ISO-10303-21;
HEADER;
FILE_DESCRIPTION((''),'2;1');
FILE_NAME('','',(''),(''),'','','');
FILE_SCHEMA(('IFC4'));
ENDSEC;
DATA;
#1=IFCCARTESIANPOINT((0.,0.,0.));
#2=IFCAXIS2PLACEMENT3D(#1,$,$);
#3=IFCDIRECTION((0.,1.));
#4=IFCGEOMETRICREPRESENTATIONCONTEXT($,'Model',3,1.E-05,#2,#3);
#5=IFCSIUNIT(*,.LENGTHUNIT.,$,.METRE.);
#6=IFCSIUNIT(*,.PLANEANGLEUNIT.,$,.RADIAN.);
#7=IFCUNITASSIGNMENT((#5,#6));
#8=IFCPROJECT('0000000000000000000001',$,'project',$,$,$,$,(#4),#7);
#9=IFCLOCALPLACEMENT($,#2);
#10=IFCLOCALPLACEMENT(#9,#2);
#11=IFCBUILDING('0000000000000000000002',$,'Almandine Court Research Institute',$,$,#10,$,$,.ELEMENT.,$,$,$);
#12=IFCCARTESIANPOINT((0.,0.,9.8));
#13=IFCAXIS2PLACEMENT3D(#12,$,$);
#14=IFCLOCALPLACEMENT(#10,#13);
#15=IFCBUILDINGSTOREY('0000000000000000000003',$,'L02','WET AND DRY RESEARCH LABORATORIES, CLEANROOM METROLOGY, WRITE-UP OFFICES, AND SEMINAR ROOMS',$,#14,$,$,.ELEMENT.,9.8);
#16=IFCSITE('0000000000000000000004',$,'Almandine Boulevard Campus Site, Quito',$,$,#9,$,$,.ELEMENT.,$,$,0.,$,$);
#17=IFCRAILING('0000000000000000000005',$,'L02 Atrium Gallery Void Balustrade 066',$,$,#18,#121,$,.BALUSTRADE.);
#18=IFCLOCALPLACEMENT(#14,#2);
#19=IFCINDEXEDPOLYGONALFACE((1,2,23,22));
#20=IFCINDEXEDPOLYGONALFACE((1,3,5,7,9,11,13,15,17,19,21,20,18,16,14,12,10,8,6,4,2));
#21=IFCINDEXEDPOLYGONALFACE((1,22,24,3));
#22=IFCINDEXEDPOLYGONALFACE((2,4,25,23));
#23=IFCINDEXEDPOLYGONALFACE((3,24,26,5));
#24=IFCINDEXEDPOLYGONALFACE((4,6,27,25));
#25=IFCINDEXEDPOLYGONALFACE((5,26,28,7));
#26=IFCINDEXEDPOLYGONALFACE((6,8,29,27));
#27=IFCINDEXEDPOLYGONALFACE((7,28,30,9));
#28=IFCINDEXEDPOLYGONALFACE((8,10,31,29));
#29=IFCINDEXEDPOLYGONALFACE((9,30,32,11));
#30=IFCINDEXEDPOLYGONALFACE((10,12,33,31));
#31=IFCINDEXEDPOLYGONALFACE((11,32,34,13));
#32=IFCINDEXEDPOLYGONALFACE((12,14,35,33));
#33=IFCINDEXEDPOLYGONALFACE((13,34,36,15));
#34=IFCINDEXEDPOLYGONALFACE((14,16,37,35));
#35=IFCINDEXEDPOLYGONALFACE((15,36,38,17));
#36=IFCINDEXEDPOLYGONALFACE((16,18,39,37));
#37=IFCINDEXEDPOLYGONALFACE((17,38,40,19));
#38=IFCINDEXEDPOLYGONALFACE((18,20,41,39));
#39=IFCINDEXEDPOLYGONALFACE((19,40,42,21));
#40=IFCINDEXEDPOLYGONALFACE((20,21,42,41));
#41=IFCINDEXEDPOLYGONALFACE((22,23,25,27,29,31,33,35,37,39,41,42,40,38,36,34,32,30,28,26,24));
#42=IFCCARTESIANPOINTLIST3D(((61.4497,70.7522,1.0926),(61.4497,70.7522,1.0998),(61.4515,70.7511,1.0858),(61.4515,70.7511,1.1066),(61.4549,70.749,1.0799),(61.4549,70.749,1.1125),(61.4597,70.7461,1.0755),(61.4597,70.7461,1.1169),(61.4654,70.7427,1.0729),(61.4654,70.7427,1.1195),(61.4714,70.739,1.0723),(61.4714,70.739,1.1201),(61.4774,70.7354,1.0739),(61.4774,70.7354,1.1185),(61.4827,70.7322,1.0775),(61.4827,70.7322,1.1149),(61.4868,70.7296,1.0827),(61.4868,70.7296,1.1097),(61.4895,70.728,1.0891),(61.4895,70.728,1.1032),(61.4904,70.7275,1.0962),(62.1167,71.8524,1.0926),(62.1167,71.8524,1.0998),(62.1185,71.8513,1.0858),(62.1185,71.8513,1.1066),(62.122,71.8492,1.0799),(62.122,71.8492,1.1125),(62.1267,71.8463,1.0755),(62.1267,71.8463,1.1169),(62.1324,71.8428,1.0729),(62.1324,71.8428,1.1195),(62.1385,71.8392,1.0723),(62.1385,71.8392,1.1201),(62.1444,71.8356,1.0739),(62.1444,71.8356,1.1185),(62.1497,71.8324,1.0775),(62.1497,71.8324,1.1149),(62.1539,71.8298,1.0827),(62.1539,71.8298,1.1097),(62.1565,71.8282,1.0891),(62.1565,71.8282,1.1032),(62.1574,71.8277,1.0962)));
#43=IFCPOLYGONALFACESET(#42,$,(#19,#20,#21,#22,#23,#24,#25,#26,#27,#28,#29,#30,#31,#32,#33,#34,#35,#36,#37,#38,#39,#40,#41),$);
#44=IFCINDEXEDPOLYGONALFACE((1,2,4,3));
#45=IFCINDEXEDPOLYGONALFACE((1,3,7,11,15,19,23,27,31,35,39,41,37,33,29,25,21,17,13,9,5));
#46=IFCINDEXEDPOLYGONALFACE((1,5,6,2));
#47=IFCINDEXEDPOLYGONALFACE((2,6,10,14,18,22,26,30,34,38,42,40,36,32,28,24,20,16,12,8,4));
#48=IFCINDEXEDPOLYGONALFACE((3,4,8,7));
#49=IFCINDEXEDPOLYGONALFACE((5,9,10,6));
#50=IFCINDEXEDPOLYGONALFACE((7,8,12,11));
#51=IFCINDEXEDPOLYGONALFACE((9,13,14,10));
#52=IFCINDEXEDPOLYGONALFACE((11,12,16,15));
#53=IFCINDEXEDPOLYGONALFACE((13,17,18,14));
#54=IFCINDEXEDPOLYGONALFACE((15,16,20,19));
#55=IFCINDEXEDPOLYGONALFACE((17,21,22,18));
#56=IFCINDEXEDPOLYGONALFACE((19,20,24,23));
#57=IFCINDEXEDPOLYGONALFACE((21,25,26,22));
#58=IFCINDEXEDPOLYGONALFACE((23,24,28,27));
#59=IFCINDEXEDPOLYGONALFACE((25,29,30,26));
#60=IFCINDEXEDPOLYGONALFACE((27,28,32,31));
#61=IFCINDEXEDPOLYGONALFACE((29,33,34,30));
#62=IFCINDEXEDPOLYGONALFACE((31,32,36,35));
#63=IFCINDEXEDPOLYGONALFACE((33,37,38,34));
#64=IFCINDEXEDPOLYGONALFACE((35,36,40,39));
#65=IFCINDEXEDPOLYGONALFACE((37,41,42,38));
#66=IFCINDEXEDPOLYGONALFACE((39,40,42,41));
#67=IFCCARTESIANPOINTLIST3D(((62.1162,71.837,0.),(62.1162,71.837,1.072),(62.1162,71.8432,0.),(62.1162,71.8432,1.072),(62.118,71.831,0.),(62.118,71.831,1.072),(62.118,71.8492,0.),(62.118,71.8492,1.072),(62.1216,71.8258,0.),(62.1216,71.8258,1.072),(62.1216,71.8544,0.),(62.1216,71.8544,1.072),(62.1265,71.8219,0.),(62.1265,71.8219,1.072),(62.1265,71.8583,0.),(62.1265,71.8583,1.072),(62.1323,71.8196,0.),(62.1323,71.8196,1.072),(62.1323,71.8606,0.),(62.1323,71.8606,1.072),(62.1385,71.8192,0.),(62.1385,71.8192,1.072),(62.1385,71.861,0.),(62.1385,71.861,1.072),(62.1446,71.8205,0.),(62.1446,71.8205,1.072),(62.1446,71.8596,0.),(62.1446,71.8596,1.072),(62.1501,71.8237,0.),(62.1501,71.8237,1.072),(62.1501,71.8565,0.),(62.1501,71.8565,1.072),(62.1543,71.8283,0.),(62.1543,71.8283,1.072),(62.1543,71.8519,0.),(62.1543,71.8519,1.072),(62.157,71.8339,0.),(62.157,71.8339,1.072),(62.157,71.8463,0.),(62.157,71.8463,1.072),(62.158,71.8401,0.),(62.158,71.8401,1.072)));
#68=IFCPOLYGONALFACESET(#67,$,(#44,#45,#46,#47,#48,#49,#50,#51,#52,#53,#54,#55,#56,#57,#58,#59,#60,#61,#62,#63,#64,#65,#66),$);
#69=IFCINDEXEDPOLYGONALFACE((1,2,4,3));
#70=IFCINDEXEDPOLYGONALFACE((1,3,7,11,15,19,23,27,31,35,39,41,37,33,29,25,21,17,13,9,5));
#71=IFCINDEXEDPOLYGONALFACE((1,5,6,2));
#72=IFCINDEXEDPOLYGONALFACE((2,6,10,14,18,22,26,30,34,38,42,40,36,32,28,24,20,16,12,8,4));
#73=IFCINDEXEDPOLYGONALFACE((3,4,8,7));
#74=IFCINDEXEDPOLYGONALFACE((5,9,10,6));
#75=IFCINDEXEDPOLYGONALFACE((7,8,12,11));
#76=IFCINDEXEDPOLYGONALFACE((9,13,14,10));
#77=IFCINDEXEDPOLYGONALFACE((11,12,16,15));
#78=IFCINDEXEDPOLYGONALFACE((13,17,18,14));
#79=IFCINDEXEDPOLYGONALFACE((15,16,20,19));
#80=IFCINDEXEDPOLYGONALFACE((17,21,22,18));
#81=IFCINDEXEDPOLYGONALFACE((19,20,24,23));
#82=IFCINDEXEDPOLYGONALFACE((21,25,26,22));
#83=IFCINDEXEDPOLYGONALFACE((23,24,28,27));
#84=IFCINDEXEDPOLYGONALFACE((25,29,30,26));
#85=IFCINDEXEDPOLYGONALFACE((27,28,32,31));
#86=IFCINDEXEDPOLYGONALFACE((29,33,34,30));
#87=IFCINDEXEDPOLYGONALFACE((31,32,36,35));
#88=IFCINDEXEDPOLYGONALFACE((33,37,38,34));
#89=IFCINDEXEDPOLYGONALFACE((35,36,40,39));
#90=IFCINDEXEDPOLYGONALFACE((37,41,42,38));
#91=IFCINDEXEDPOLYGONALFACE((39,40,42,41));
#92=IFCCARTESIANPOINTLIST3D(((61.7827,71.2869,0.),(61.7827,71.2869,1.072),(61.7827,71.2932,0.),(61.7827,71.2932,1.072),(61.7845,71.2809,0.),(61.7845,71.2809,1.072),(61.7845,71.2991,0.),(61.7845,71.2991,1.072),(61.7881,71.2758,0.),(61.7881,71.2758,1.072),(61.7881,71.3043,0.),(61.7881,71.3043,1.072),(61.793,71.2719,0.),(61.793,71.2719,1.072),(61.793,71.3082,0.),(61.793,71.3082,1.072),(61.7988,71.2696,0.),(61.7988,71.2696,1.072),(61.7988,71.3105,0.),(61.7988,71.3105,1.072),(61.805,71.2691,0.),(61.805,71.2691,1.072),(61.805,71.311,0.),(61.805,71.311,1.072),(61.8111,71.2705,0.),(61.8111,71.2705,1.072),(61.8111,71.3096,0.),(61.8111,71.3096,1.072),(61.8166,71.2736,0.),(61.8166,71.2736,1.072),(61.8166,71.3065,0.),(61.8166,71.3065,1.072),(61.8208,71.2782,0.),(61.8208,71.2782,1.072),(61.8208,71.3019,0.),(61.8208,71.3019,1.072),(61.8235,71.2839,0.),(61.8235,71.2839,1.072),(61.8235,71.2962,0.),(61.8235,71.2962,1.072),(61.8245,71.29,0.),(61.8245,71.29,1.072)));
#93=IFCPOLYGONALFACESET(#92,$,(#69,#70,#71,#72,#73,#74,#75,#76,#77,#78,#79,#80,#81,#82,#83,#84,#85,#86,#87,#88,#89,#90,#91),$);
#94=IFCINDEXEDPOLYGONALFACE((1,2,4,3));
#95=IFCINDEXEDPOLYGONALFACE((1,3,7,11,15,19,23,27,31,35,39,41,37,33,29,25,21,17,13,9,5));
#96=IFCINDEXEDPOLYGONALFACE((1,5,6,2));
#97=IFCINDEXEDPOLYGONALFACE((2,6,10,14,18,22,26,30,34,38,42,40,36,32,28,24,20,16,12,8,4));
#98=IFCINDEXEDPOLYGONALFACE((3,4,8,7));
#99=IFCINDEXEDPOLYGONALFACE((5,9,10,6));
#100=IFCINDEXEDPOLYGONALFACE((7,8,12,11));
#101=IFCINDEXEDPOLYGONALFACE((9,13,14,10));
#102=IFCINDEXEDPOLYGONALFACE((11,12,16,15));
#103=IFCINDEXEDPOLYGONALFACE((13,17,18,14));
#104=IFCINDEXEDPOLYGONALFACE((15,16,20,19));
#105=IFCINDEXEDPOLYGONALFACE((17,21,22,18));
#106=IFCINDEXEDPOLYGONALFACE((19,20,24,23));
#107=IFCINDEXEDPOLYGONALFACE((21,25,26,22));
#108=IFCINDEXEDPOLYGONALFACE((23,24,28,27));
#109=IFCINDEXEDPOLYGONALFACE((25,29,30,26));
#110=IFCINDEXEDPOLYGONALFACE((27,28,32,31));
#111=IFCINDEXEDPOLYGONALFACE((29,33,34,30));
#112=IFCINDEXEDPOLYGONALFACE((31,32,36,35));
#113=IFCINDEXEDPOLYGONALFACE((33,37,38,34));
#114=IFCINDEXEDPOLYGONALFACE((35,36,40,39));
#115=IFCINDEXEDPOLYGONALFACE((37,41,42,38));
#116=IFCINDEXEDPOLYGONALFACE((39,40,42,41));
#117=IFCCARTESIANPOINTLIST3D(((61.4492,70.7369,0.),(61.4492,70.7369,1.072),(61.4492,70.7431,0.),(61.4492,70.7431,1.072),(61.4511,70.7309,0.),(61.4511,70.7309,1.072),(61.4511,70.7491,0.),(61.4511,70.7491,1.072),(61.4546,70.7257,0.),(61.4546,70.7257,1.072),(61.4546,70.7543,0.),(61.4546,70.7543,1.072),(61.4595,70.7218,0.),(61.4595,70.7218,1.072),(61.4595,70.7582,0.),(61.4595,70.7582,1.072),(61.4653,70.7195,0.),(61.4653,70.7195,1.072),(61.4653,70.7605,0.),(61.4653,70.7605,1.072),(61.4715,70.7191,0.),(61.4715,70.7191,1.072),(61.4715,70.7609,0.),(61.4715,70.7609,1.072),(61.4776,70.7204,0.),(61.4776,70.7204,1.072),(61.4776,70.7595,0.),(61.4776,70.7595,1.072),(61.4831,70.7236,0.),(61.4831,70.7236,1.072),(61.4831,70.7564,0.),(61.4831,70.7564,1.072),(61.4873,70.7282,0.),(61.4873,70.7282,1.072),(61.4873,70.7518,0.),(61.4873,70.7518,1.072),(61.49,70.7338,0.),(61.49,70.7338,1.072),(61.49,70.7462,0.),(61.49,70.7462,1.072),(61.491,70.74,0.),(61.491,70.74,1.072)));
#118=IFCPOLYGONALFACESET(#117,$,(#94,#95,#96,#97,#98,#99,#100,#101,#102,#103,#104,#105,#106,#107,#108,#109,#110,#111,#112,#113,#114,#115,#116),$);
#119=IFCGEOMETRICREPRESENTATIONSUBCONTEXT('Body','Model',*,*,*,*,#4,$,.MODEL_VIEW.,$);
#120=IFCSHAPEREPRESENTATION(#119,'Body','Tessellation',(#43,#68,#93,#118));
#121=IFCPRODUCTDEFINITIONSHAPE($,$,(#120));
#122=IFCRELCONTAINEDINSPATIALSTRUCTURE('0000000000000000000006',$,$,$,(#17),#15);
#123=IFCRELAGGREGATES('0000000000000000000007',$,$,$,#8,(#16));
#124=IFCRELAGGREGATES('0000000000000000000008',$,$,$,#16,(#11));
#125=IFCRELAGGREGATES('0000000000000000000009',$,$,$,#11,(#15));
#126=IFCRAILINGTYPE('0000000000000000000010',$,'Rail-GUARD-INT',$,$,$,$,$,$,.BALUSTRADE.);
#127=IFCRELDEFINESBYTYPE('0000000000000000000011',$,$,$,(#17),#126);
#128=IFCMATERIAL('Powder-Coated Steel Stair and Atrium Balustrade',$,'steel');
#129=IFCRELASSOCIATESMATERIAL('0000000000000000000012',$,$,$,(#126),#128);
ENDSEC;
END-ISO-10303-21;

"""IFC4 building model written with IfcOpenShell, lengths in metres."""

from ifc_helpers import new_model, si_unit, direction, frame, origin, origin_2d, place, context, subcontext, project, spatial, circle, extrude, material, type_object, element, save


model = new_model("IFC4")

# Units and contexts
model_context = context("Model", 3, precision=1e-05, world=origin(), true_north=direction((0.0, 1.0)))
body_context = subcontext(model_context, "Body", "Model", "MODEL_VIEW")
ifc_project = project(units=[si_unit("LENGTHUNIT", "METRE"), si_unit("PLANEANGLEUNIT", "RADIAN")], contexts=[model_context])

# Site, building, storey
site_placement = place(None, origin())
site = spatial("IfcSite", under=ifc_project, at=site_placement, Name="Almandine Boulevard Campus Site, Quito", CompositionType="ELEMENT", RefElevation=0.0)
building_placement = place(site_placement, origin())
building = spatial("IfcBuilding", under=site, at=building_placement, Name="Almandine Court Research Institute", CompositionType="ELEMENT")
storey_placement = place(building_placement, frame((0.0, 0.0, 9.8)))
storey = spatial("IfcBuildingStorey", under=building, at=storey_placement, Name="L02", Description="WET AND DRY RESEARCH LABORATORIES, CLEANROOM METROLOGY, WRITE-UP OFFICES, AND SEMINAR ROOMS", CompositionType="ELEMENT", Elevation=9.8)

# Railing
ifc_material_1 = material(Name="Powder-Coated Steel Stair and Atrium Balustrade", Category="steel")
railing_type = type_object("IfcRailingType", Name="Rail-GUARD-INT", PredefinedType="BALUSTRADE", material=ifc_material_1)
railing_1_placement = place(storey_placement, frame((62.137, 71.8401, 0.0)))
element("IfcRailing", 1, at=railing_1_placement, inside=storey, type_object=railing_type, Name="L02 Atrium Gallery Void Balustrade 066", PredefinedType="BALUSTRADE", context=body_context, shape_type="SweptSolid", body=[
    extrude(circle(Radius=0.0239, at=origin_2d()), frame((0.0, 0.0, 1.0962), z_axis=(-0.518453, -0.855106, 0.0), x_axis=(0.855106, -0.518453, 0.0)), (0.0, 0.0, 1.0), 1.2866),
    extrude(circle(Radius=0.021, at=origin_2d()), origin(), (0.0, 0.0, 1.0), 1.072),
    extrude(circle(Radius=0.021, at=origin_2d()), frame((-0.3335, -0.55, 0.0)), (0.0, 0.0, 1.0), 1.072),
    extrude(circle(Radius=0.021, at=origin_2d()), frame((-0.667, -1.1001, 0.0)), (0.0, 0.0, 1.0), 1.072),
])

save(model, "model.ifc")
